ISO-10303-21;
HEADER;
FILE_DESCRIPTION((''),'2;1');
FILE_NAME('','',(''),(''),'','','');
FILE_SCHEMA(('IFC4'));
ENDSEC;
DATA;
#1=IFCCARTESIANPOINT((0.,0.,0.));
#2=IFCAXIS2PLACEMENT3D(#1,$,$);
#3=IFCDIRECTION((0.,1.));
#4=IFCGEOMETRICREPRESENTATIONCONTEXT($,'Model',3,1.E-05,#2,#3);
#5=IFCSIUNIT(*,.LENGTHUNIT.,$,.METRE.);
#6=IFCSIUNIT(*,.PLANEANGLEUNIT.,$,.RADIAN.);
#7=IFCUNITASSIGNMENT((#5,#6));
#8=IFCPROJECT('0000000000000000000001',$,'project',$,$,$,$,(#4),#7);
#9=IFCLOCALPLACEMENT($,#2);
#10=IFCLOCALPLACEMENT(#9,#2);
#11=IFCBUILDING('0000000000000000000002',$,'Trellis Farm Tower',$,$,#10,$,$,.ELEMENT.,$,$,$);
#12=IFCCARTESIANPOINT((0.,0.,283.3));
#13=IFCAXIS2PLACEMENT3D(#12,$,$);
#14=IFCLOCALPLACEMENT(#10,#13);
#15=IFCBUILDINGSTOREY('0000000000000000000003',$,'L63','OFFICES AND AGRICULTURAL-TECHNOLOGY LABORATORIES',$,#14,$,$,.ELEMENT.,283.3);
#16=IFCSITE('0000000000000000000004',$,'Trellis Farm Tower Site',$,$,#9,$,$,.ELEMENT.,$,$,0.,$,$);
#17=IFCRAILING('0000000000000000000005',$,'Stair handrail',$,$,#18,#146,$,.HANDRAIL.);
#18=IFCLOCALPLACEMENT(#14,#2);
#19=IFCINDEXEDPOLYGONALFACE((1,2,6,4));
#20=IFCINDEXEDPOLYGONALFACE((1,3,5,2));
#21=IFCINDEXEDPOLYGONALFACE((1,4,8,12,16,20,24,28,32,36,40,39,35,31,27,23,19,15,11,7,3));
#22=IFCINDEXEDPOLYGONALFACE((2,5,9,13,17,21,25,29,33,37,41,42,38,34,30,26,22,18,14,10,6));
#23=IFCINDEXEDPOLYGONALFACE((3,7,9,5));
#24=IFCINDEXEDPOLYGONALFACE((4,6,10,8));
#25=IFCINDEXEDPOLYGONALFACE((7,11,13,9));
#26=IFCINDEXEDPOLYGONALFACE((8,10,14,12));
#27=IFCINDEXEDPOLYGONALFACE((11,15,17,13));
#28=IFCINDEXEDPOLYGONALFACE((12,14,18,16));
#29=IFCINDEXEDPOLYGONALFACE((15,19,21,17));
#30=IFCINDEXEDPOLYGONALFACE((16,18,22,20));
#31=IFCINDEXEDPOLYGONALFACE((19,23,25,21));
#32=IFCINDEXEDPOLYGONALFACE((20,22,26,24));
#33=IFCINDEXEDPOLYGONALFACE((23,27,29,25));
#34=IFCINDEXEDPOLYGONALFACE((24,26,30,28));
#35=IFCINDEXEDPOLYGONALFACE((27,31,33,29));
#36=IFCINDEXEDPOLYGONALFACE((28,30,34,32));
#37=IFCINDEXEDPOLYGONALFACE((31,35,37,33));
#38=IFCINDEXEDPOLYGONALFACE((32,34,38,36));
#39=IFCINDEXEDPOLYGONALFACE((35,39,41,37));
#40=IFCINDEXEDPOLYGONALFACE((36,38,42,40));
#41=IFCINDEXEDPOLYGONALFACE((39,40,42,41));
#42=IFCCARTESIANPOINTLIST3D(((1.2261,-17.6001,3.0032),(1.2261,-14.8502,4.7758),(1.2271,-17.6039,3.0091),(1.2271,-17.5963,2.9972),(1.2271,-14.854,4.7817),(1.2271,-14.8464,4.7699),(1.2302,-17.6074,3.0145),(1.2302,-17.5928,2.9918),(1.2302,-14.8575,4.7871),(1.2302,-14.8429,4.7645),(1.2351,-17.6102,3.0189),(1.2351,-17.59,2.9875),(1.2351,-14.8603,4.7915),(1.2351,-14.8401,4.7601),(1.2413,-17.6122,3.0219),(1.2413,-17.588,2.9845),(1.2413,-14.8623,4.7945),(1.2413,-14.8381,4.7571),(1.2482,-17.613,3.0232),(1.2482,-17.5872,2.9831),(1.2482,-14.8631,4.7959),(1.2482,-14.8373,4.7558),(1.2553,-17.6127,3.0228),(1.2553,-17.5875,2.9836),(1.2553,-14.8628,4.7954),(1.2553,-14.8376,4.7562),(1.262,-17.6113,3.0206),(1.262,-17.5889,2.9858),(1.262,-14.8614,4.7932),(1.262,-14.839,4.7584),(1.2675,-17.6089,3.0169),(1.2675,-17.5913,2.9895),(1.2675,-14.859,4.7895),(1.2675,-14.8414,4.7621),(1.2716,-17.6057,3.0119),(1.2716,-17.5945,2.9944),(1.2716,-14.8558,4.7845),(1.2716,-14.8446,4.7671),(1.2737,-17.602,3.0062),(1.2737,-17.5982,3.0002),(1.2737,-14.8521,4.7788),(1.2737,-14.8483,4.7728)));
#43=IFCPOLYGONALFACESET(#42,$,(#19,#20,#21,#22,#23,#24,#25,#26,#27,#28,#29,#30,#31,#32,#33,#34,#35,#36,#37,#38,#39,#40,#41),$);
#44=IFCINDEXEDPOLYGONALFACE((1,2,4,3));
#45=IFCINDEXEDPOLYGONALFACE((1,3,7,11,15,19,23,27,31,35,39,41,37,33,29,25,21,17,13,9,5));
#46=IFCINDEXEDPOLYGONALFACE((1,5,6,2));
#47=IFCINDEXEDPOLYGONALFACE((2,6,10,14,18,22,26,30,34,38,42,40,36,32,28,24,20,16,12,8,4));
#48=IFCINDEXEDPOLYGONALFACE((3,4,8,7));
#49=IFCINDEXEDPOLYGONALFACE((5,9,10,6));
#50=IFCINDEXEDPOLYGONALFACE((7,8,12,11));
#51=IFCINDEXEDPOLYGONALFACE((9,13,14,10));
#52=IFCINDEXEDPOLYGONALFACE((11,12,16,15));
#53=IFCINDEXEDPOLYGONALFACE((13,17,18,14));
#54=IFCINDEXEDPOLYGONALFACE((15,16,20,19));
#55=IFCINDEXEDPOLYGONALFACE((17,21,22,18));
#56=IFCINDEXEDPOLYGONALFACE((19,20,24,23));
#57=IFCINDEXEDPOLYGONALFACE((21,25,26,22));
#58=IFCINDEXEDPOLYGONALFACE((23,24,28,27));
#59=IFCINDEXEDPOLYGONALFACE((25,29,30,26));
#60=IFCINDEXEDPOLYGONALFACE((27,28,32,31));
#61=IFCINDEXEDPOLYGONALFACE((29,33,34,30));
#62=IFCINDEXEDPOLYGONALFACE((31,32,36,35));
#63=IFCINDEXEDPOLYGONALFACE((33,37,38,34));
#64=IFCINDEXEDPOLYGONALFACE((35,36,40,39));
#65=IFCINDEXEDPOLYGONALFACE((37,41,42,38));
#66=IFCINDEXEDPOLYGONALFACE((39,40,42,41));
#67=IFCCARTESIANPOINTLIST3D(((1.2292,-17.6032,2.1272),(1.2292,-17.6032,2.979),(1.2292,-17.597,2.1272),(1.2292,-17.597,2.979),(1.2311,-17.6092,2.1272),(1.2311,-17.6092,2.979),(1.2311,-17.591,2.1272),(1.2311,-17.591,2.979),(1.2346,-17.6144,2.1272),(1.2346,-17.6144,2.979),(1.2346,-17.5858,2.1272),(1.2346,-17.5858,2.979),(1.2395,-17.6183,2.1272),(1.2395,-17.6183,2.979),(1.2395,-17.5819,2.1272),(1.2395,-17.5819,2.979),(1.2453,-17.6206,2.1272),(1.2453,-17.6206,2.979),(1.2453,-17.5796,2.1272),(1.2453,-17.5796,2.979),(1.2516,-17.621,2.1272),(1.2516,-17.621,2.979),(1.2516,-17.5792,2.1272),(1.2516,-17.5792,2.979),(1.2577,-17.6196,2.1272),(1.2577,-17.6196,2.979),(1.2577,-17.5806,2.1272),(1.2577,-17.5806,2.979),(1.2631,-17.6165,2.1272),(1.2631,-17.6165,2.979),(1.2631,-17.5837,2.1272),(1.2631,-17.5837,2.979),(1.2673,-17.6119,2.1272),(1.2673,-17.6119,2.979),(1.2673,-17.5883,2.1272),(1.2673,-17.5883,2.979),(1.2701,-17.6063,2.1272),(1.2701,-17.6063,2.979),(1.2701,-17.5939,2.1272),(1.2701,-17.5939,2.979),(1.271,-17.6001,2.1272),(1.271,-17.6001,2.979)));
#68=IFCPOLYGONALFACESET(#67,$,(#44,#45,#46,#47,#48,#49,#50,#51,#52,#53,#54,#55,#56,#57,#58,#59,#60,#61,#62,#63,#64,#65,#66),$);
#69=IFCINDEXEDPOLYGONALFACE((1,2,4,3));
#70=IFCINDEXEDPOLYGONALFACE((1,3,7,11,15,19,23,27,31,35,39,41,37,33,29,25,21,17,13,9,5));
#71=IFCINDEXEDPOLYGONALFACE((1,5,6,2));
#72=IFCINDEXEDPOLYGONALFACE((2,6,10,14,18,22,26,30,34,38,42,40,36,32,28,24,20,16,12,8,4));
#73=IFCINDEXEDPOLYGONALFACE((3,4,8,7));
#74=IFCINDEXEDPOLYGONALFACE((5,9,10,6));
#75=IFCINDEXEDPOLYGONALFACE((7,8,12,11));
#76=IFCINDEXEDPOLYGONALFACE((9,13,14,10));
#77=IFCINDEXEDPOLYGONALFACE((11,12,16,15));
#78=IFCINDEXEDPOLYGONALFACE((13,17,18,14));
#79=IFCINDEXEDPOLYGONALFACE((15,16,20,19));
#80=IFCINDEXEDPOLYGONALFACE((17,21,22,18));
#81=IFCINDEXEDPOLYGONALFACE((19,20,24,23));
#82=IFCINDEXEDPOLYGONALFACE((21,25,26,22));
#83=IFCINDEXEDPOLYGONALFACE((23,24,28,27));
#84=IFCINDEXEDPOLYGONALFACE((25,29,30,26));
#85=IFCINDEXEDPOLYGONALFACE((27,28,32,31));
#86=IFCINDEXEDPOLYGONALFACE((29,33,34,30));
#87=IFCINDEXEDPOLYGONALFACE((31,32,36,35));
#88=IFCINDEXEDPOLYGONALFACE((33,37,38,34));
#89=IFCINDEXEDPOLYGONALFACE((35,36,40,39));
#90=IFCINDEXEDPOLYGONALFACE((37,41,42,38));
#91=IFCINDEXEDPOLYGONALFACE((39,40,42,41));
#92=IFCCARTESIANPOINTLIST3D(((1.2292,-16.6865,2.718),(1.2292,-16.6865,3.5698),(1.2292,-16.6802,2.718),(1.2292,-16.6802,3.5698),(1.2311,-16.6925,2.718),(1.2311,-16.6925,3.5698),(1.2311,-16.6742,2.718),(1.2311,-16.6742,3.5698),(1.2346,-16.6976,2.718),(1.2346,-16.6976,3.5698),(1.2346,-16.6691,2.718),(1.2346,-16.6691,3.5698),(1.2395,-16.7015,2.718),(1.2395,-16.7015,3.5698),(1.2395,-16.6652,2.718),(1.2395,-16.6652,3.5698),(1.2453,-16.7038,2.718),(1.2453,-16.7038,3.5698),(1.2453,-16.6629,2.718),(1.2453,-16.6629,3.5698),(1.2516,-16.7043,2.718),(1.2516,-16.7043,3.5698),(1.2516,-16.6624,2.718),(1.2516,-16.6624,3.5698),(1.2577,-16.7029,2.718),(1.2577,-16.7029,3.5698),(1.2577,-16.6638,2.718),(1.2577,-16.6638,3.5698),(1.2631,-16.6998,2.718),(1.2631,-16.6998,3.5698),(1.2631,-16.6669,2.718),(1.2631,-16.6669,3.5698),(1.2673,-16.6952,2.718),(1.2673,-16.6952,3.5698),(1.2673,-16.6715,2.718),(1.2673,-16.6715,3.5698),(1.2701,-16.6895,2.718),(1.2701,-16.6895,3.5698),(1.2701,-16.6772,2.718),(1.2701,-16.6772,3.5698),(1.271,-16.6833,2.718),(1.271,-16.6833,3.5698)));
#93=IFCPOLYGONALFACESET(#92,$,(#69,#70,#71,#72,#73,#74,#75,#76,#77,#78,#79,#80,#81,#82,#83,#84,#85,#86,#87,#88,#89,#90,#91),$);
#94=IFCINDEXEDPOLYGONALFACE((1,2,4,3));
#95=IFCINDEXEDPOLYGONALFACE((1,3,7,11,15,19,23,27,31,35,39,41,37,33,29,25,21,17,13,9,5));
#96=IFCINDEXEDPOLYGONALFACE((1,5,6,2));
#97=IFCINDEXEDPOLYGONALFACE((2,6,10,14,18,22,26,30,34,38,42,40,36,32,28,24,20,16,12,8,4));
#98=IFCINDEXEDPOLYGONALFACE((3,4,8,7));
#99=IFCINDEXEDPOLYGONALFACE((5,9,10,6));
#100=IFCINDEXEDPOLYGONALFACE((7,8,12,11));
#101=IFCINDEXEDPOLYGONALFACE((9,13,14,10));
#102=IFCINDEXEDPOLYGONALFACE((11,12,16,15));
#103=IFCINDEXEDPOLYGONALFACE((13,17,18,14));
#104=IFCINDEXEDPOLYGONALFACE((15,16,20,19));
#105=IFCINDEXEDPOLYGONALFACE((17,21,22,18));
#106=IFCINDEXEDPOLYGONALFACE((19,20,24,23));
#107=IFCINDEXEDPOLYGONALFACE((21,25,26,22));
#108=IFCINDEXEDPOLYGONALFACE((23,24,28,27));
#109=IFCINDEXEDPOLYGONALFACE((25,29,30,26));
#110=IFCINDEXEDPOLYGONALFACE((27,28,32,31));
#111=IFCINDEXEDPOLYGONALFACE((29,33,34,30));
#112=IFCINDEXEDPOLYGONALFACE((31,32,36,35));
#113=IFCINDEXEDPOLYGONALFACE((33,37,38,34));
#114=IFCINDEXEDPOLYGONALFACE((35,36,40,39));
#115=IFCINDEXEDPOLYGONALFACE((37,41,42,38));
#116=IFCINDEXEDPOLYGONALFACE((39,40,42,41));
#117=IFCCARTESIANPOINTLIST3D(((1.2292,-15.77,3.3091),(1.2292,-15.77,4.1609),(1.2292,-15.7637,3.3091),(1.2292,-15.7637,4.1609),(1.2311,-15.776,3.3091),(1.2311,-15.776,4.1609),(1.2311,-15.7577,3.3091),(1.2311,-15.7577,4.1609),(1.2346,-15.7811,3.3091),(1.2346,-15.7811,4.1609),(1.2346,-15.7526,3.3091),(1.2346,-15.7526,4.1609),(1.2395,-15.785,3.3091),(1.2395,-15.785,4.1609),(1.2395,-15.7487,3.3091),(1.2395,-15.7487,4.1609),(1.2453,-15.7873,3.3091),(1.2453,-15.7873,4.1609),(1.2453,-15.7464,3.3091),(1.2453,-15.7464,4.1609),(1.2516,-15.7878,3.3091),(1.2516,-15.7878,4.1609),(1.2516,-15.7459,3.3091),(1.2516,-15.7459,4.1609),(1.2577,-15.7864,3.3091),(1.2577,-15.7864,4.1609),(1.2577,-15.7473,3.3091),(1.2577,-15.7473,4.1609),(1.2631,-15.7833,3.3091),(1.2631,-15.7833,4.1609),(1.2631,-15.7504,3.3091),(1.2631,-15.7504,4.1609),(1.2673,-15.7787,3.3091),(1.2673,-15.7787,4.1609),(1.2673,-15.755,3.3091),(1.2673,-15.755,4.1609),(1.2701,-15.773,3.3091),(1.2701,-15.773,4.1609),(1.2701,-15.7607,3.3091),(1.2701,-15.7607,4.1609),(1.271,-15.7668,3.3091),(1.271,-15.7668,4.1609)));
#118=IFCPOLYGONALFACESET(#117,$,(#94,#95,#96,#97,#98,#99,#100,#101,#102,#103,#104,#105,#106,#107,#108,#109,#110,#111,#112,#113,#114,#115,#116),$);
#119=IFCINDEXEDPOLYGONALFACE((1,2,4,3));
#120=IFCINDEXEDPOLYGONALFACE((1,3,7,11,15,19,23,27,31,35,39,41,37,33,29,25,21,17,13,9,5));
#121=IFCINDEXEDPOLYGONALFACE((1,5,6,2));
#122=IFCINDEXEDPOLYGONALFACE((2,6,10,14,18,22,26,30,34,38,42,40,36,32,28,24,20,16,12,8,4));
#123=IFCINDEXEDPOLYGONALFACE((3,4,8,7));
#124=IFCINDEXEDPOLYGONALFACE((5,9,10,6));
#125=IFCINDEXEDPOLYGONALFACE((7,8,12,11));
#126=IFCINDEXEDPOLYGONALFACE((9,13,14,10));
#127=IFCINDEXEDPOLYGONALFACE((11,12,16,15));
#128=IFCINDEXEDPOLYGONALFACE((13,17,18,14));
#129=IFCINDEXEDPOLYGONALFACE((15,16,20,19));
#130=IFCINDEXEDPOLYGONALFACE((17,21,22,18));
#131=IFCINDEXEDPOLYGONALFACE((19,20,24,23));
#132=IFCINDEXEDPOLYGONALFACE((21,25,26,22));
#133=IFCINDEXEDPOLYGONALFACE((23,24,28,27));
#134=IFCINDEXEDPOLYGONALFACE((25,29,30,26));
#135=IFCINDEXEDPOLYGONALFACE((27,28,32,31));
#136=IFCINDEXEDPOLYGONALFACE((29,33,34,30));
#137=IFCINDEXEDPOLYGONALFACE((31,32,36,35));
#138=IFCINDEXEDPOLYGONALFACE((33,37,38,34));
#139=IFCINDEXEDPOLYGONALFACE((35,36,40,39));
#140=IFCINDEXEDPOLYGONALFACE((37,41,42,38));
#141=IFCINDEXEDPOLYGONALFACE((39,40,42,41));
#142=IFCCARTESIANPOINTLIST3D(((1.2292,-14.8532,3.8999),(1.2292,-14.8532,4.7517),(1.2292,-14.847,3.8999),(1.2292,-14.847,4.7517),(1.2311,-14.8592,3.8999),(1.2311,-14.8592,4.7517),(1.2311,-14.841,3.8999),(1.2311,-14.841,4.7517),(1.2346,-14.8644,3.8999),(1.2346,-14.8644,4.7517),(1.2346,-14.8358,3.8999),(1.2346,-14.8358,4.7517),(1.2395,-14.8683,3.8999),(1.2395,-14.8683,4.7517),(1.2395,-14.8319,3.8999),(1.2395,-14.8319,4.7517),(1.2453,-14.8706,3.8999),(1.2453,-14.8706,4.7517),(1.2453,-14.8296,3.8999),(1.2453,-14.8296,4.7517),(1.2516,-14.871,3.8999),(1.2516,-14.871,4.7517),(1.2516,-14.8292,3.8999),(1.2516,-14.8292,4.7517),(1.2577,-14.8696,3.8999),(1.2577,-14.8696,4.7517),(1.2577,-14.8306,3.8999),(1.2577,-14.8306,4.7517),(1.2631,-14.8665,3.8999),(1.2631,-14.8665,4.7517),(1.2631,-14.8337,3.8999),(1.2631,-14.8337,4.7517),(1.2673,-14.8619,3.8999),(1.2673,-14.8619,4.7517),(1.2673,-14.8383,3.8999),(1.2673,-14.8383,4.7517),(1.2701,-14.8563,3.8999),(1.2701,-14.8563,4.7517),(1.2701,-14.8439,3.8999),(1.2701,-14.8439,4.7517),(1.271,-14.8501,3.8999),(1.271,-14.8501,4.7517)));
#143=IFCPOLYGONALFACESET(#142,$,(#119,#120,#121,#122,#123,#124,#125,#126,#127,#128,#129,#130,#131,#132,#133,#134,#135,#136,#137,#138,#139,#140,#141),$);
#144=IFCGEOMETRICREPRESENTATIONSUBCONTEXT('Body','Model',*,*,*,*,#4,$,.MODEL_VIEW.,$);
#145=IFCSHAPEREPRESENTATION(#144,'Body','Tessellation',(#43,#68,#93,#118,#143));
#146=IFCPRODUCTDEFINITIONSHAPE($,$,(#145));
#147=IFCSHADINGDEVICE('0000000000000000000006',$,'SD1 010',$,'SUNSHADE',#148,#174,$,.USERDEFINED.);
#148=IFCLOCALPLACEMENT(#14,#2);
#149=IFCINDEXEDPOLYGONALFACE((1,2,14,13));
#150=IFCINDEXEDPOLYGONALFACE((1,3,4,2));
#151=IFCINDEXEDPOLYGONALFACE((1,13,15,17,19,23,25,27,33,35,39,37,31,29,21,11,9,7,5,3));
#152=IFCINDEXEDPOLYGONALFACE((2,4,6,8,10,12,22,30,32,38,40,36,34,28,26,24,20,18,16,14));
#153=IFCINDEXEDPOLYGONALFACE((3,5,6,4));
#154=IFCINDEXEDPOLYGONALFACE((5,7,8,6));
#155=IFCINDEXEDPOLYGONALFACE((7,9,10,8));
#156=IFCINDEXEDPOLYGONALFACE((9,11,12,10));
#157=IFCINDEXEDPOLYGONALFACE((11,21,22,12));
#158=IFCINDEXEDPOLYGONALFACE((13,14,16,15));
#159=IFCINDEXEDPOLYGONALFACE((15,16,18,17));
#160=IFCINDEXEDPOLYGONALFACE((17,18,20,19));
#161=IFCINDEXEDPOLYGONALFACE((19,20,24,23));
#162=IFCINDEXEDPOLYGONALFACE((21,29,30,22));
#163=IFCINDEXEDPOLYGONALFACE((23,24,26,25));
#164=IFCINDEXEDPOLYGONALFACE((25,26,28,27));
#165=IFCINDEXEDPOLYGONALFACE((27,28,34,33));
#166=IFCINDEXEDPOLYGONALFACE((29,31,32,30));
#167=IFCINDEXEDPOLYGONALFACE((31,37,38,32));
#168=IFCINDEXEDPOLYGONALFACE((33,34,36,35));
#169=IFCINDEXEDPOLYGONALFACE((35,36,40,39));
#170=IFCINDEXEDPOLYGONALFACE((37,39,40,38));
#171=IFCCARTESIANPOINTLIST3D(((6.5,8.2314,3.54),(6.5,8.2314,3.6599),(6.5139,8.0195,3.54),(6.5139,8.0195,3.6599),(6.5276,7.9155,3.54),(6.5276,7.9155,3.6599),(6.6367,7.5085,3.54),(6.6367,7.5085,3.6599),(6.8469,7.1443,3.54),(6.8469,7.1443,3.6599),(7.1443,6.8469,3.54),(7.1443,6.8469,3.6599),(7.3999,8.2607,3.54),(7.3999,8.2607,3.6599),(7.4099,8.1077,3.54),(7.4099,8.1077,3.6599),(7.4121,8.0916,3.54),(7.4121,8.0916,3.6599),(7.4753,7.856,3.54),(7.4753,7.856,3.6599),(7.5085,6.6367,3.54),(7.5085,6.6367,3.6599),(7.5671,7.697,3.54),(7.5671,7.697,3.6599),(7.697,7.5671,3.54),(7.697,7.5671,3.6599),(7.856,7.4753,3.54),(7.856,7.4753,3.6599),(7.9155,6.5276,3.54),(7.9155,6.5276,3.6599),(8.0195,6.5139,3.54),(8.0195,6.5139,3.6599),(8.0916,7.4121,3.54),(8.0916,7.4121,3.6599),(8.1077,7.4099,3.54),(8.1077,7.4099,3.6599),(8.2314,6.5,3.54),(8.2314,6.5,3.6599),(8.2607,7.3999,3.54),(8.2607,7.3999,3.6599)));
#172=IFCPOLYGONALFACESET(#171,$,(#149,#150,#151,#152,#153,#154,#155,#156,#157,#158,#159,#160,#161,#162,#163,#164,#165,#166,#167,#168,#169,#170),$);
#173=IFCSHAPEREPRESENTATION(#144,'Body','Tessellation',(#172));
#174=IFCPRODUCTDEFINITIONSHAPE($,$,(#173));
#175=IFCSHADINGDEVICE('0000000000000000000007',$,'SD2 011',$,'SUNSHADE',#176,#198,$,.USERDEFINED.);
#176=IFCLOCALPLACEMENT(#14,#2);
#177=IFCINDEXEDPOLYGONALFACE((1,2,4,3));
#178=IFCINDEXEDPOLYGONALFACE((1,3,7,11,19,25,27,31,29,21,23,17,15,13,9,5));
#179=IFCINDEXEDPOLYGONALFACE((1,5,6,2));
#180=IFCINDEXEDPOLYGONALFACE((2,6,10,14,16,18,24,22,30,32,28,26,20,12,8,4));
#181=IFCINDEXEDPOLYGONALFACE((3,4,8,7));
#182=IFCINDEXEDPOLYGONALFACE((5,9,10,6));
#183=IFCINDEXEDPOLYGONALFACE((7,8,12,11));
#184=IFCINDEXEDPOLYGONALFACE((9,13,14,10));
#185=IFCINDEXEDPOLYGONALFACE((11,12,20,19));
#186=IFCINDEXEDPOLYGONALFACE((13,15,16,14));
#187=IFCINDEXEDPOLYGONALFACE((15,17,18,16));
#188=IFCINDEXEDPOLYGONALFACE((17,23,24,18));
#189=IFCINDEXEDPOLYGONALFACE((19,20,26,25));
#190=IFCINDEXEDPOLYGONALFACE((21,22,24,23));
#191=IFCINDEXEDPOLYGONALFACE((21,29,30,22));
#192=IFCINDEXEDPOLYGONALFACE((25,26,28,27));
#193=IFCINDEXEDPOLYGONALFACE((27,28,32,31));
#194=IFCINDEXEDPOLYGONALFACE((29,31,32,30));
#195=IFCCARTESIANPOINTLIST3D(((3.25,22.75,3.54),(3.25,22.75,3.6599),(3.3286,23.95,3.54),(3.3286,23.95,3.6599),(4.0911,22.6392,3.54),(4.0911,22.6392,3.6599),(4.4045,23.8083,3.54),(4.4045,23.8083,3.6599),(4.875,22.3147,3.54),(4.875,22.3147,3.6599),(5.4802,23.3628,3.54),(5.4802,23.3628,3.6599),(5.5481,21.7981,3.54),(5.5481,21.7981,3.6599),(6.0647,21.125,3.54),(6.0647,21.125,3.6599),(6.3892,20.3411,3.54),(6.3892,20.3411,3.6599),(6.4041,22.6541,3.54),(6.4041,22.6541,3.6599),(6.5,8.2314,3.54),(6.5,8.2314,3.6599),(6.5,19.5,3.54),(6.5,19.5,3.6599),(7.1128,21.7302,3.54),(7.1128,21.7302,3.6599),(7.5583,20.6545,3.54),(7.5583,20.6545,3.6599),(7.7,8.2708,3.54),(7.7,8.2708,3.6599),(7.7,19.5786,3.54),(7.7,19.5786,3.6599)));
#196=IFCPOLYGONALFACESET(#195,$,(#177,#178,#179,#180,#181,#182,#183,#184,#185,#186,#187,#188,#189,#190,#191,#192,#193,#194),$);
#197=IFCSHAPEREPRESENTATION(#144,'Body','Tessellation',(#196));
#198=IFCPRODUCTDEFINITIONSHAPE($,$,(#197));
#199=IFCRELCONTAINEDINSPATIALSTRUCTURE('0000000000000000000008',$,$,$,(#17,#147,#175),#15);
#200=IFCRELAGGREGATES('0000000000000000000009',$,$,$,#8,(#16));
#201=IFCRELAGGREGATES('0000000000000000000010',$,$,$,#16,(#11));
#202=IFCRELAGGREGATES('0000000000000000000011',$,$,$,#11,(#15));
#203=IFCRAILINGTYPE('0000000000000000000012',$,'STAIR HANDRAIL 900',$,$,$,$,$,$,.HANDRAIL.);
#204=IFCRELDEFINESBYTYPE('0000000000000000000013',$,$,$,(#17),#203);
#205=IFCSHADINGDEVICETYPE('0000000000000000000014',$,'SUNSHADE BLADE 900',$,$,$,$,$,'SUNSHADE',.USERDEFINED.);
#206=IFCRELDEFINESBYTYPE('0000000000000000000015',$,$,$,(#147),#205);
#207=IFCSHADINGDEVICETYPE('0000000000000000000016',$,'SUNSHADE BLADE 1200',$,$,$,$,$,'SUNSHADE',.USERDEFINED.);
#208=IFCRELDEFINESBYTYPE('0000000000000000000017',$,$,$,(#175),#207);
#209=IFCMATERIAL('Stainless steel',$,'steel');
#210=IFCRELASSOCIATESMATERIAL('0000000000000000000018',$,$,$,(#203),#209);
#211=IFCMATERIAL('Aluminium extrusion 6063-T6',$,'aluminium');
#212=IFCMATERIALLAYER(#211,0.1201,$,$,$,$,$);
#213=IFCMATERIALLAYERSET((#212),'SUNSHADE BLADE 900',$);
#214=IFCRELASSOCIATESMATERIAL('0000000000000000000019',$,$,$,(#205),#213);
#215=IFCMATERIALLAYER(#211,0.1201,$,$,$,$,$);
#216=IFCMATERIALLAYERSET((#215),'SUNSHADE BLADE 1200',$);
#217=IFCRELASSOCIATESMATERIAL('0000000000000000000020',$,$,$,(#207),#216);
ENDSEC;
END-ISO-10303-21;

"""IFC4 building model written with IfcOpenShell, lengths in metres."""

from ifc_helpers import new_model, si_unit, direction, frame, origin, origin_2d, place, context, subcontext, project, spatial, polyline, circle, outline, extrude, source, transform, mapped, material, layer, layer_set, type_object, element, save


model = new_model("IFC4")

# Units and contexts
model_context = context("Model", 3, precision=1e-05, world=origin(), true_north=direction((0.0, 1.0)))
body_context = subcontext(model_context, "Body", "Model", "MODEL_VIEW")
ifc_project = project(units=[si_unit("LENGTHUNIT", "METRE"), si_unit("PLANEANGLEUNIT", "RADIAN")], contexts=[model_context])

# Site, building, storey
site_placement = place(None, origin())
site = spatial("IfcSite", under=ifc_project, at=site_placement, Name="Trellis Farm Tower Site", CompositionType="ELEMENT", RefElevation=0.0)
building_placement = place(site_placement, origin())
building = spatial("IfcBuilding", under=site, at=building_placement, Name="Trellis Farm Tower", CompositionType="ELEMENT")
storey_placement = place(building_placement, frame((0.0, 0.0, 283.3)))
storey = spatial("IfcBuildingStorey", under=building, at=storey_placement, Name="L63", Description="OFFICES AND AGRICULTURAL-TECHNOLOGY LABORATORIES", CompositionType="ELEMENT", Elevation=283.3)

# Shared definitions
ifc_material_1 = material(Name="Aluminium extrusion 6063-T6", Category="aluminium")

# Railing
ifc_material_2 = material(Name="Stainless steel", Category="steel")
railing_type = type_object("IfcRailingType", Name="STAIR HANDRAIL 900", PredefinedType="HANDRAIL", material=ifc_material_2)
shared_shape_1 = source(origin(), body_context, "Body", "SweptSolid", [
    extrude(circle(Radius=0.0239, at=origin_2d()), frame((0.0, 0.0, 0.876), z_axis=(0.0, 0.840504, 0.541806), x_axis=(-1.0, 0.0, 0.0)), (0.0, 0.0, 1.0), 3.2717),
    extrude(circle(Radius=0.021, at=origin_2d()), origin(), (0.0, 0.0, 1.0), 0.8518),
    extrude(circle(Radius=0.021, at=origin_2d()), frame((0.0, 0.9167, 0.5908)), (0.0, 0.0, 1.0), 0.8518),
    extrude(circle(Radius=0.021, at=origin_2d()), frame((0.0, 1.8333, 1.1819)), (0.0, 0.0, 1.0), 0.8518),
    extrude(circle(Radius=0.021, at=origin_2d()), frame((0.0, 2.75, 1.7727)), (0.0, 0.0, 1.0), 0.8518),
])
railing_placement = place(storey_placement, frame((1.25, -17.6001, 2.1272)))
element("IfcRailing", 1, at=railing_placement, inside=storey, type_object=railing_type, Name="Stair handrail", PredefinedType="HANDRAIL", context=body_context, shape_type="MappedRepresentation", body=[
    mapped(shared_shape_1, transform((0.0, 0.0, 0.0))),
])

# Shading devices
ifc_layer_1 = layer(ifc_material_1, 0.1201)
ifc_layer_set_1 = layer_set([ifc_layer_1], Name="SUNSHADE BLADE 900")
shading_device_type_1 = type_object("IfcShadingDeviceType", Name="SUNSHADE BLADE 900", ElementType="SUNSHADE", PredefinedType="USERDEFINED", material=ifc_layer_set_1)
shared_shape_2 = source(origin(), body_context, "Body", "SweptSolid", [
    extrude(outline(polyline([(8.2607, 7.3999), (8.1077, 7.4099), (8.0916, 7.4121), (7.856, 7.4753), (7.697, 7.5671), (7.5671, 7.697), (7.4753, 7.856), (7.4121, 8.0916), (7.4099, 8.1077), (7.3999, 8.2607), (6.5, 8.2314), (6.5139, 8.0195), (6.5276, 7.9155), (6.6367, 7.5085), (6.8469, 7.1443), (7.1443, 6.8469), (7.5085, 6.6367), (7.9155, 6.5276), (8.0195, 6.5139), (8.2314, 6.5), (8.2607, 7.3999)])), origin(), (0.0, 0.0, 1.0), 0.1199),
])
placement_1 = place(storey_placement, frame((0.0, 0.0, 3.54)))
element("IfcShadingDevice", 2, at=placement_1, inside=storey, type_object=shading_device_type_1, Name="SD1 010", ObjectType="SUNSHADE", PredefinedType="USERDEFINED", context=body_context, shape_type="MappedRepresentation", body=[
    mapped(shared_shape_2, transform((0.0, 0.0, 0.0))),
])
ifc_layer_2 = layer(ifc_material_1, 0.1201)
ifc_layer_set_2 = layer_set([ifc_layer_2], Name="SUNSHADE BLADE 1200")
shading_device_type_2 = type_object("IfcShadingDeviceType", Name="SUNSHADE BLADE 1200", ElementType="SUNSHADE", PredefinedType="USERDEFINED", material=ifc_layer_set_2)
shared_shape_3 = source(origin(), body_context, "Body", "SweptSolid", [
    extrude(outline(polyline([(7.7, 8.2708), (7.7, 19.5786), (7.5583, 20.6545), (7.1128, 21.7302), (6.4041, 22.6541), (5.4802, 23.3628), (4.4045, 23.8083), (3.3286, 23.95), (3.25, 22.75), (4.0911, 22.6392), (4.875, 22.3147), (5.5481, 21.7981), (6.0647, 21.125), (6.3892, 20.3411), (6.5, 19.5), (6.5, 8.2314), (7.7, 8.2708)])), origin(), (0.0, 0.0, 1.0), 0.1199),
])
element("IfcShadingDevice", 3, at=placement_1, inside=storey, type_object=shading_device_type_2, Name="SD2 011", ObjectType="SUNSHADE", PredefinedType="USERDEFINED", context=body_context, shape_type="MappedRepresentation", body=[
    mapped(shared_shape_3, transform((0.0, 0.0, 0.0))),
])

save(model, "model.ifc")
